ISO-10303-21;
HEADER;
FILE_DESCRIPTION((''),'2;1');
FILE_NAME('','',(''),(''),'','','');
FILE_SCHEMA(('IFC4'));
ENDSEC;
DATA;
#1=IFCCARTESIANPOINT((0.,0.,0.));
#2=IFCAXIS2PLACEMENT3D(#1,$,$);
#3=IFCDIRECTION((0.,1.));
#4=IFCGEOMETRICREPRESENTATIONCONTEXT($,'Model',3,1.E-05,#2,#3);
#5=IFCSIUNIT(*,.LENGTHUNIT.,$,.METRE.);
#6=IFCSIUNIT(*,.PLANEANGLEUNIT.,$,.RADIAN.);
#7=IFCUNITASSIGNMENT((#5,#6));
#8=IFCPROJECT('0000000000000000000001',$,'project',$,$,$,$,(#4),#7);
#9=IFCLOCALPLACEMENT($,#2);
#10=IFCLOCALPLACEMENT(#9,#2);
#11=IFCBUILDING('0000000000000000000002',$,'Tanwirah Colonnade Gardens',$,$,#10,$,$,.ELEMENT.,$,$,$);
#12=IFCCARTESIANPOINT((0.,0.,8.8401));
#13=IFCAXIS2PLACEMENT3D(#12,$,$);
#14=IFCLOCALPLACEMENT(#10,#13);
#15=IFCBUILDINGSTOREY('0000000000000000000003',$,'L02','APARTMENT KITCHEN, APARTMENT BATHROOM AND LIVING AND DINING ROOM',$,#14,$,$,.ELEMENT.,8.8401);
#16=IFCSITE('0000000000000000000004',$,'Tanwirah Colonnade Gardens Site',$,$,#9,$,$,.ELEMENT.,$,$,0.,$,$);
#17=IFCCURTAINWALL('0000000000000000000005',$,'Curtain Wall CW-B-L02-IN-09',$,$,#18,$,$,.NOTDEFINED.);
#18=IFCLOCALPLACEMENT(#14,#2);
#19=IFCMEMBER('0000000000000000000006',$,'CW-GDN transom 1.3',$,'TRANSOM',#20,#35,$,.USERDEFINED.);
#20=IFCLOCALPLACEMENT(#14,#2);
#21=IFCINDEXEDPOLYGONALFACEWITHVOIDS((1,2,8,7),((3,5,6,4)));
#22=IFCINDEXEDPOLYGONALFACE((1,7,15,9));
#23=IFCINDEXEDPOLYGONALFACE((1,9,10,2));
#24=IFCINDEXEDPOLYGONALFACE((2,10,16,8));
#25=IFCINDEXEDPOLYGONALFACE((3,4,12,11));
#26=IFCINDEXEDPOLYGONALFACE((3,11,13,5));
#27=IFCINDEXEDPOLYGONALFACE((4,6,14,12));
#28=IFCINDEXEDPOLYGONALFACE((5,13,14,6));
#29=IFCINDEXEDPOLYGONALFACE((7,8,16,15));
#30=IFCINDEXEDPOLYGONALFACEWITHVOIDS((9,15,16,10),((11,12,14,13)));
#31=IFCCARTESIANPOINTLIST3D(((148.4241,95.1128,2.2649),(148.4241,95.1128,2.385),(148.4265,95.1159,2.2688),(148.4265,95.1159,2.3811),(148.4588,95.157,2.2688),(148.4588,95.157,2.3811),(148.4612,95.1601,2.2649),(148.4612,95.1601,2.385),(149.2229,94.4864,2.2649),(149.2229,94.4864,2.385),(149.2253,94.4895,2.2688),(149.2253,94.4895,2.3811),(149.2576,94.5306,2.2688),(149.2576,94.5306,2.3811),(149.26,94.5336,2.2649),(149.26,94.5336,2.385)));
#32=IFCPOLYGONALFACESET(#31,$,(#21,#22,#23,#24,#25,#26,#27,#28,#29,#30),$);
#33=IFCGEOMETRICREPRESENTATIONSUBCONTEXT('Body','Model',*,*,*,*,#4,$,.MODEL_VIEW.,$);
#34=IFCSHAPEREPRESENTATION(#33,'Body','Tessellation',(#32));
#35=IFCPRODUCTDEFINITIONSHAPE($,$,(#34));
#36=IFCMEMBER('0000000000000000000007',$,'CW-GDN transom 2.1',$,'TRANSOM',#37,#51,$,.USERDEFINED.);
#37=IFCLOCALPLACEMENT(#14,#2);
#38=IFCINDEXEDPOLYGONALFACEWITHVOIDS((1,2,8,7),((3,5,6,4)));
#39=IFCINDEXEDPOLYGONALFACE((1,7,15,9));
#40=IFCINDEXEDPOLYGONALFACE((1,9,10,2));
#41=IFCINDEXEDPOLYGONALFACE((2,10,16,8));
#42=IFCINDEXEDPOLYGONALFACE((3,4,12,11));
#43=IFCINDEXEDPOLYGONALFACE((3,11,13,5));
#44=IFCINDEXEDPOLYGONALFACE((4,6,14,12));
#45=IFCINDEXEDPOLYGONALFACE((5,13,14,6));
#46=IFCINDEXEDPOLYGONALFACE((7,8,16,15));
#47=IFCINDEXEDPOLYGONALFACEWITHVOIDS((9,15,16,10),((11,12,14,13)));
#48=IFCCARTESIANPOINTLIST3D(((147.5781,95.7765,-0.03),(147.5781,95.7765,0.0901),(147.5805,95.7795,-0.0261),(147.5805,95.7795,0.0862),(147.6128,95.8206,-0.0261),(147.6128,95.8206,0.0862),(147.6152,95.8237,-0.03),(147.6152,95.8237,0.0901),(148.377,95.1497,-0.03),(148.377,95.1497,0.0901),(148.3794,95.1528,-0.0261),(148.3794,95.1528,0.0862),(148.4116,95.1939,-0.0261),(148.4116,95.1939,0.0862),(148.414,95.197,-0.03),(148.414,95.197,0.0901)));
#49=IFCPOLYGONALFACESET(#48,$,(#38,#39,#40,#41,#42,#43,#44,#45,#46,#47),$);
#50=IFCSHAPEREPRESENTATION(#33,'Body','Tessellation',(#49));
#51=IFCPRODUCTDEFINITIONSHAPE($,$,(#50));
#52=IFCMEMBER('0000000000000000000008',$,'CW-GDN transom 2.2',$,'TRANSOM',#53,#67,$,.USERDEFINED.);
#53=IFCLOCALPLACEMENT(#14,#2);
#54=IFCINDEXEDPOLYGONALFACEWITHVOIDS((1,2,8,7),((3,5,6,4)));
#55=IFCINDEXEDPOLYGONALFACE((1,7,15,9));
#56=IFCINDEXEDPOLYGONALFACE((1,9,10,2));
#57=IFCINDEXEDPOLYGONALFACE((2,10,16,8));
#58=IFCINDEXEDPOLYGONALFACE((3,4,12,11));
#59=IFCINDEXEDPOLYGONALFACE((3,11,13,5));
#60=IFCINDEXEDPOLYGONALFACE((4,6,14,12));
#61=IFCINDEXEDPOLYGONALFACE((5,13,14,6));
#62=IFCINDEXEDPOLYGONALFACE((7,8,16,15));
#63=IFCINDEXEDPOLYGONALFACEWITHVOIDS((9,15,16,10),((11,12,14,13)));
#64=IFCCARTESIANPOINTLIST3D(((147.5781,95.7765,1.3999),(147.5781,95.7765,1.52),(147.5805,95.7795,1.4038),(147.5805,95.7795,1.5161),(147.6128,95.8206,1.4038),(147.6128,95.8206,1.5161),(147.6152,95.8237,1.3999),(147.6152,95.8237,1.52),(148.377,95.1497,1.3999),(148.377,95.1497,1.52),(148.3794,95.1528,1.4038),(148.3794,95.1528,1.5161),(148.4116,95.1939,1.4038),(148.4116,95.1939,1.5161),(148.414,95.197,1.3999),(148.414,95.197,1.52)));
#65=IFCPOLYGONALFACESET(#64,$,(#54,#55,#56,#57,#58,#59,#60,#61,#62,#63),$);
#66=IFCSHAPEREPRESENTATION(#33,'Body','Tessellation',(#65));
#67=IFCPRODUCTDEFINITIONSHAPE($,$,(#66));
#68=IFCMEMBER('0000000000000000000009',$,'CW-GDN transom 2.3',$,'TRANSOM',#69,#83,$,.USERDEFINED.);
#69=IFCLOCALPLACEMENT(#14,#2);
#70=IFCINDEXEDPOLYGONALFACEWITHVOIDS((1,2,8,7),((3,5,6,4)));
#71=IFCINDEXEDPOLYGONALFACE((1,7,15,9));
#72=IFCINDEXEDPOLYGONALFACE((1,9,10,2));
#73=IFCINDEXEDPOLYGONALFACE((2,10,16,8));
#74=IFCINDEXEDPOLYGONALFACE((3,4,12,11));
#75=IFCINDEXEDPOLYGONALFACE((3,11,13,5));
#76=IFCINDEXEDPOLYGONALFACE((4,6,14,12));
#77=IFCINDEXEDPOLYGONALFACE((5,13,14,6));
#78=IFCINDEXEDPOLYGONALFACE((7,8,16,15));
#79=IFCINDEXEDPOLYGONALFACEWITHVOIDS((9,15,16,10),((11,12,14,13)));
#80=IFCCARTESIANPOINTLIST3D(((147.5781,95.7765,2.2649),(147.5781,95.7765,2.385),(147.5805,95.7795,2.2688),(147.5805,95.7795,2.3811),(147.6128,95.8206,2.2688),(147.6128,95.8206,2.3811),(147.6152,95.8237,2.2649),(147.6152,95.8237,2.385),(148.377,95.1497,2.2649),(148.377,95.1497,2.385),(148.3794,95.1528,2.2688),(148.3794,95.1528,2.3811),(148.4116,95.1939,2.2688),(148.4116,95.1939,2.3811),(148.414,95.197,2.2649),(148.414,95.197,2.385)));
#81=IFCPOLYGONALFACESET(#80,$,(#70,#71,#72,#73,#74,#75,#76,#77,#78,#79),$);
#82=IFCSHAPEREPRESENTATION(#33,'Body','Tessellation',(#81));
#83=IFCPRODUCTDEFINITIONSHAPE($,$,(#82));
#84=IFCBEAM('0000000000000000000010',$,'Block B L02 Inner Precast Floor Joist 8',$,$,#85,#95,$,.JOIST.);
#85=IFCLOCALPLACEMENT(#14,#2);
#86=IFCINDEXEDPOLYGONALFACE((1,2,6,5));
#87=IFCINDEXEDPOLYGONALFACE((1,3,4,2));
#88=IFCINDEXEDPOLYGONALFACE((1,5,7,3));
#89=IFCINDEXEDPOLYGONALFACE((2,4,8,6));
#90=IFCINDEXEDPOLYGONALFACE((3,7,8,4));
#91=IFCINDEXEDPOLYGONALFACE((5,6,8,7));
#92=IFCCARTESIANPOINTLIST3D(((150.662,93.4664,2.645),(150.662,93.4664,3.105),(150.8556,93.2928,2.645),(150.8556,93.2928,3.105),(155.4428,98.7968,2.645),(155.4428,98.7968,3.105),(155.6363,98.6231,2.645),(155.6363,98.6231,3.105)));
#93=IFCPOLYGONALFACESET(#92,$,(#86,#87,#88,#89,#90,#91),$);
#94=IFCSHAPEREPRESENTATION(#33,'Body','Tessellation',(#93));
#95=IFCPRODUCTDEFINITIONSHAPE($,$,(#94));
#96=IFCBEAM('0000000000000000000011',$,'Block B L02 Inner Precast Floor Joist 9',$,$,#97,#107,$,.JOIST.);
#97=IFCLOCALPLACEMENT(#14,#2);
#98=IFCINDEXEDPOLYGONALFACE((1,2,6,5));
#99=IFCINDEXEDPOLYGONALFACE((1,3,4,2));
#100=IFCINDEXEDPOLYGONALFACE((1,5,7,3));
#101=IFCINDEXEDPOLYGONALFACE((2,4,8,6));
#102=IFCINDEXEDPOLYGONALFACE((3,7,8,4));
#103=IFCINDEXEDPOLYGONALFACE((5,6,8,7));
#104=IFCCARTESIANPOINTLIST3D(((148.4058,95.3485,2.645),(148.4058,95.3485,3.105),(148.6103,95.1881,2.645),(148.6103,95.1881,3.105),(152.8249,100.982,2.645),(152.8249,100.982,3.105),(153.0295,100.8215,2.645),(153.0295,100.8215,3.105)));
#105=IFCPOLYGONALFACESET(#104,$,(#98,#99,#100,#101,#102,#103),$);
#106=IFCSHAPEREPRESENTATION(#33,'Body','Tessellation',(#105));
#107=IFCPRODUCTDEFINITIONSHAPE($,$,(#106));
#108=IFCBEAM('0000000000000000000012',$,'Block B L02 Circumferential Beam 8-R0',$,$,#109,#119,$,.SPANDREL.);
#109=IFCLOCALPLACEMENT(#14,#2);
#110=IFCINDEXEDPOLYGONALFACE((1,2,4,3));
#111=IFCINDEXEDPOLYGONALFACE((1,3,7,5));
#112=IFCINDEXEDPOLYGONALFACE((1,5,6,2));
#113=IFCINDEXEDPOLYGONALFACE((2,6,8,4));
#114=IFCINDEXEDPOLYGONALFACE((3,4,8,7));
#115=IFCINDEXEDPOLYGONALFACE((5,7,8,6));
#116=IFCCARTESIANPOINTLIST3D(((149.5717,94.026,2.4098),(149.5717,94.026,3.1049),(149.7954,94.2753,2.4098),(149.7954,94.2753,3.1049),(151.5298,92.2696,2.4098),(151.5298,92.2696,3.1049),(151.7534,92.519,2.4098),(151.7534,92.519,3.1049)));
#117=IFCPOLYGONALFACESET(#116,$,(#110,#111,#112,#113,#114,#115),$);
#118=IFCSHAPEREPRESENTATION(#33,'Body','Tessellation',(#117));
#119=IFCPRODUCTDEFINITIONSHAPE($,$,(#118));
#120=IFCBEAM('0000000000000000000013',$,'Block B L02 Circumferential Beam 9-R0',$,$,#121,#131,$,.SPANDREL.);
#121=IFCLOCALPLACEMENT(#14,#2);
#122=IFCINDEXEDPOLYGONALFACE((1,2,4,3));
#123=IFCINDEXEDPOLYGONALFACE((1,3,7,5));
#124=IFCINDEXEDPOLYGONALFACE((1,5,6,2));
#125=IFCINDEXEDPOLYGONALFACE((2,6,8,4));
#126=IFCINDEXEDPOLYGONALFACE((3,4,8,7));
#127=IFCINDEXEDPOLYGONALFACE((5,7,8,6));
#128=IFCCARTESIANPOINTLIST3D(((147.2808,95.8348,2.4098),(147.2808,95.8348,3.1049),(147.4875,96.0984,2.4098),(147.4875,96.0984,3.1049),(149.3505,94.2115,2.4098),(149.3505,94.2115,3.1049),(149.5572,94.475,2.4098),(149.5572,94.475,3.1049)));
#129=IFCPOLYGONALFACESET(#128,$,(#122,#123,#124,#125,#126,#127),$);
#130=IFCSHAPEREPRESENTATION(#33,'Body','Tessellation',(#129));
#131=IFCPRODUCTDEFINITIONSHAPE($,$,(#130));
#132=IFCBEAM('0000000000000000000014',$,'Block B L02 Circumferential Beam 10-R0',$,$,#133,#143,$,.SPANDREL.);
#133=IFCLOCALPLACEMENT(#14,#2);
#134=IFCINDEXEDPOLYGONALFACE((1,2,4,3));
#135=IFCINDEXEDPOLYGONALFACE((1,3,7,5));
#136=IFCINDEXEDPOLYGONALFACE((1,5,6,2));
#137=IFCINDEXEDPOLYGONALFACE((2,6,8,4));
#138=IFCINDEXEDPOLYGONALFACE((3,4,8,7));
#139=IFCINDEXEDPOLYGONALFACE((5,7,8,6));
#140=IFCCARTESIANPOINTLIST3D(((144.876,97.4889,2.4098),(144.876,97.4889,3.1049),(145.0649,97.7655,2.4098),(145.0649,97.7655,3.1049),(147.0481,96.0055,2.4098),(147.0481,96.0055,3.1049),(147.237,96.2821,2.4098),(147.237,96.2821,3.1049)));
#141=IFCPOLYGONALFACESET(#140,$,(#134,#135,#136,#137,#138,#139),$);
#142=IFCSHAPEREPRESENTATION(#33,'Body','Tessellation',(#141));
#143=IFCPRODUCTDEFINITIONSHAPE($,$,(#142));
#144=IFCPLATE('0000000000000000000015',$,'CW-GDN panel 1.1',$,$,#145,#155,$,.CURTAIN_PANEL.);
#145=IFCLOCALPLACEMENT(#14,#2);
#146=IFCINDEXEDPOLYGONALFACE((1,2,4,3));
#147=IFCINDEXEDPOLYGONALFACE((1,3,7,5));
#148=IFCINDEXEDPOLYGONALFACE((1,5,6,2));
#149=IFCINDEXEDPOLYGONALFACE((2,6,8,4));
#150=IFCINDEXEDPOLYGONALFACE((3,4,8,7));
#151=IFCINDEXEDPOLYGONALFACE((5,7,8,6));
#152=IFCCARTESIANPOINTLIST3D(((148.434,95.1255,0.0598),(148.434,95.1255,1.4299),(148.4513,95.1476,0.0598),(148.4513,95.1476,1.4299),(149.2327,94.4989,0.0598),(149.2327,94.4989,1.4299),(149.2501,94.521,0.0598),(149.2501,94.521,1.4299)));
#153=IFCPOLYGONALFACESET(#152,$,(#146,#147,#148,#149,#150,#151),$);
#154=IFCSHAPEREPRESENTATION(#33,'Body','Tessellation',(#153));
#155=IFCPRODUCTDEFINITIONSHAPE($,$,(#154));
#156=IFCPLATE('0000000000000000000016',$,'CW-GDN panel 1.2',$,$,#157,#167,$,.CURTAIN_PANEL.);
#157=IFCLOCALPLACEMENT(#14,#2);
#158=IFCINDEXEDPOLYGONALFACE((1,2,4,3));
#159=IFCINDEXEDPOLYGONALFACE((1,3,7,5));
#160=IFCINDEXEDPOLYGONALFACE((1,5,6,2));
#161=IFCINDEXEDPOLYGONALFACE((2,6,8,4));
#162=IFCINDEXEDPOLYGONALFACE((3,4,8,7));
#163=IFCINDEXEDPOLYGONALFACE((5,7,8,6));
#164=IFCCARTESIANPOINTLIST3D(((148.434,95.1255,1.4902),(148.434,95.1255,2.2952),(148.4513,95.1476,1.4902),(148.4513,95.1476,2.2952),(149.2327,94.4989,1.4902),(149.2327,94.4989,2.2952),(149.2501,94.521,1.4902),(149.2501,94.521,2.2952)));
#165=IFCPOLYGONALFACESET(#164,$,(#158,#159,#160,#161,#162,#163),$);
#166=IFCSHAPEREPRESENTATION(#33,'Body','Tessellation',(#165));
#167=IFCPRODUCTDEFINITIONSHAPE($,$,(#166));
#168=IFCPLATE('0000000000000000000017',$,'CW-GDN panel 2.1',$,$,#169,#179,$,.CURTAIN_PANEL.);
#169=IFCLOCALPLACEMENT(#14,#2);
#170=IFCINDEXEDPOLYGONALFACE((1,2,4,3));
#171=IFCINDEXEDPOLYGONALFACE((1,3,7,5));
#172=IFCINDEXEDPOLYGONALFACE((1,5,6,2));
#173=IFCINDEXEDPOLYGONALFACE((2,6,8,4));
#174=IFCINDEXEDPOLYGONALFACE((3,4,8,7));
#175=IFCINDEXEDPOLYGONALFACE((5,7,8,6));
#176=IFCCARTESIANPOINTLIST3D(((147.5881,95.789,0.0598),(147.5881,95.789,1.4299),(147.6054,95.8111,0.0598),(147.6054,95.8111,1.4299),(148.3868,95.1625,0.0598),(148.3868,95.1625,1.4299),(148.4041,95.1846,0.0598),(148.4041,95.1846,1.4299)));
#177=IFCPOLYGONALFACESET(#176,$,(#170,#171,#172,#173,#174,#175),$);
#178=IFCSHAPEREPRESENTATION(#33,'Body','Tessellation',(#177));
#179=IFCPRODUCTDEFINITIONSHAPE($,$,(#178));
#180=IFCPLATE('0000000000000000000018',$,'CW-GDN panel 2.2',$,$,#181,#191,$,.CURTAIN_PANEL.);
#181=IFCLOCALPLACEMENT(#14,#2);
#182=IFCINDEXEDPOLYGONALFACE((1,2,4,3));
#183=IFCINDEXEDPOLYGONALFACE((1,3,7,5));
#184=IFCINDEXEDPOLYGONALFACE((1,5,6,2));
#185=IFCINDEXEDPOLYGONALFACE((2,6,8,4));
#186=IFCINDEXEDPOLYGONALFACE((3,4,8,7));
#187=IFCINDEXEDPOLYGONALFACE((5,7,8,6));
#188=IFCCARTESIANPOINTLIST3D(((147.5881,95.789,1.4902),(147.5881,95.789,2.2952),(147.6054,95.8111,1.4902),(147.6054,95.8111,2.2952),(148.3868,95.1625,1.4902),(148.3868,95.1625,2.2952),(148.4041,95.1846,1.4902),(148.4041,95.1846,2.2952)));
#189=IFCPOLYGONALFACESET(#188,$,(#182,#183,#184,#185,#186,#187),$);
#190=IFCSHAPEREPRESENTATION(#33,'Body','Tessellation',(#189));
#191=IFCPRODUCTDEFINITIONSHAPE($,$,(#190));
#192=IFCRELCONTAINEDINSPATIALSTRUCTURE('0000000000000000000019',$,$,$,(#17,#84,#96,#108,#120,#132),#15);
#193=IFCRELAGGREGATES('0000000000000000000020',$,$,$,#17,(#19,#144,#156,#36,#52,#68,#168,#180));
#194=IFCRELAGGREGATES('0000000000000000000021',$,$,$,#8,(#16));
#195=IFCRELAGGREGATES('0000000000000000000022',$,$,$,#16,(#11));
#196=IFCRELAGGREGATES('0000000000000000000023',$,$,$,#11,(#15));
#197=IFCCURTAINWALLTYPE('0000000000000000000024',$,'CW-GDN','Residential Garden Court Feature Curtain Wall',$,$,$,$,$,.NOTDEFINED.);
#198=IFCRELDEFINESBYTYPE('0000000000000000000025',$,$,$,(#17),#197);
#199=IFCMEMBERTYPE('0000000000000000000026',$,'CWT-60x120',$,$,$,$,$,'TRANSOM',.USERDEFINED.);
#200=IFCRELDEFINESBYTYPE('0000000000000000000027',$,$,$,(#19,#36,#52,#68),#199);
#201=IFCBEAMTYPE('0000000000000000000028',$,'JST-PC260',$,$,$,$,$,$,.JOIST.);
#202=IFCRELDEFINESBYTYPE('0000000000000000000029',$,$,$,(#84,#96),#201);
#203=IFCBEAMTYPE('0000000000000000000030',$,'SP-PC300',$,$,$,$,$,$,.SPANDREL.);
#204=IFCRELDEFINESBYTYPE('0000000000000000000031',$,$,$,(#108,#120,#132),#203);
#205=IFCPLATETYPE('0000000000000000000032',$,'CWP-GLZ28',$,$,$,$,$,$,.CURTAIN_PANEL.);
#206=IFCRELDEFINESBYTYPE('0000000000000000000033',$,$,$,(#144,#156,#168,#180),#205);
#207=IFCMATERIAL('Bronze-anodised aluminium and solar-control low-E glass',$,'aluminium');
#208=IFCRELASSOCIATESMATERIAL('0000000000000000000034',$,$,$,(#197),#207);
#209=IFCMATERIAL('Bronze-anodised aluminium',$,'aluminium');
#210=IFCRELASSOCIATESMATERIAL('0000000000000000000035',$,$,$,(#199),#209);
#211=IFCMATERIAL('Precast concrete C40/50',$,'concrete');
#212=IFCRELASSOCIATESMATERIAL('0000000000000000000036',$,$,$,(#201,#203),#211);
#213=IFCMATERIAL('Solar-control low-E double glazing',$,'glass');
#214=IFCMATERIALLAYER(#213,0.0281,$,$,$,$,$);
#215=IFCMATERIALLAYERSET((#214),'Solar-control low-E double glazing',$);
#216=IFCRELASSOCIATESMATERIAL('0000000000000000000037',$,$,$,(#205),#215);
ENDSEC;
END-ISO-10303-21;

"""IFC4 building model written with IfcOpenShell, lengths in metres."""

from ifc_helpers import new_model, si_unit, direction, frame, origin, origin_2d, place, context, subcontext, project, spatial, rectangle, hollow_rectangle, extrude, material, layer, layer_set, material_profile, profile_set, type_object, element, aggregate, save


model = new_model("IFC4")

# Units and contexts
model_context = context("Model", 3, precision=1e-05, world=origin(), true_north=direction((0.0, 1.0)))
body_context = subcontext(model_context, "Body", "Model", "MODEL_VIEW")
ifc_project = project(units=[si_unit("LENGTHUNIT", "METRE"), si_unit("PLANEANGLEUNIT", "RADIAN")], contexts=[model_context])

# Site, building, storey
site_placement = place(None, origin())
site = spatial("IfcSite", under=ifc_project, at=site_placement, Name="Tanwirah Colonnade Gardens Site", CompositionType="ELEMENT", RefElevation=0.0)
building_placement = place(site_placement, origin())
building = spatial("IfcBuilding", under=site, at=building_placement, Name="Tanwirah Colonnade Gardens", CompositionType="ELEMENT")
storey_placement = place(building_placement, frame((0.0, 0.0, 8.8401)))
storey = spatial("IfcBuildingStorey", under=building, at=storey_placement, Name="L02", Description="APARTMENT KITCHEN, APARTMENT BATHROOM AND LIVING AND DINING ROOM", CompositionType="ELEMENT", Elevation=8.8401)

# Shared definitions
ifc_material_1 = material(Name="Precast concrete C40/50", Category="concrete")

# Curtain wall, members
ifc_material_2 = material(Name="Bronze-anodised aluminium and solar-control low-E glass", Category="aluminium")
curtain_wall_type = type_object("IfcCurtainWallType", Name="CW-GDN", Description="Residential Garden Court Feature Curtain Wall", PredefinedType="NOTDEFINED", material=ifc_material_2)
curtain_wall_placement = place(storey_placement, origin())
curtain_wall = element("IfcCurtainWall", 1, at=curtain_wall_placement, inside=storey, type_object=curtain_wall_type, Name="Curtain Wall CW-B-L02-IN-09", PredefinedType="NOTDEFINED")
ifc_material_3 = material(Name="Bronze-anodised aluminium", Category="aluminium")
ifc_material_profile_1 = material_profile(ifc_material_3, hollow_rectangle(XDim=0.0601, YDim=0.1201, WallThickness=0.0039, at=origin_2d()), Name="CW-TRN 60x120x4")
ifc_profile_set_1 = profile_set([ifc_material_profile_1], Name="Bronze-anodised aluminium")
member_type_1 = type_object("IfcMemberType", Name="CWT-60x120", ElementType="TRANSOM", PredefinedType="USERDEFINED", material=ifc_profile_set_1)
member_1_placement = place(storey_placement, frame((149.2415, 94.51, 2.325), z_axis=(-0.786885, 0.617099, 0.0), x_axis=(-0.617099, -0.786885, 0.0)))
member_1 = element("IfcMember", 2, at=member_1_placement, type_object=member_type_1, Name="CW-GDN transom 1.3", ObjectType="TRANSOM", PredefinedType="USERDEFINED", context=body_context, shape_type="SweptSolid", body=[
    extrude(hollow_rectangle(XDim=0.0601, YDim=0.1201, WallThickness=0.0039, at=origin_2d()), origin(), (0.0, 0.0, 1.0), 1.0151),
])
member_2_placement = place(storey_placement, frame((148.3955, 95.1733, 0.03), z_axis=(-0.786769, 0.617248, 0.0), x_axis=(-0.617248, -0.786769, 0.0)))
member_2 = element("IfcMember", 3, at=member_2_placement, type_object=member_type_1, Name="CW-GDN transom 2.1", ObjectType="TRANSOM", PredefinedType="USERDEFINED", context=body_context, shape_type="SweptSolid", body=[
    extrude(hollow_rectangle(XDim=0.0601, YDim=0.1201, WallThickness=0.0039, at=origin_2d()), origin(), (0.0, 0.0, 1.0), 1.0154),
])
member_3_placement = place(storey_placement, frame((148.3955, 95.1733, 1.46), z_axis=(-0.786769, 0.617248, 0.0), x_axis=(-0.617248, -0.786769, 0.0)))
member_3 = element("IfcMember", 4, at=member_3_placement, type_object=member_type_1, Name="CW-GDN transom 2.2", ObjectType="TRANSOM", PredefinedType="USERDEFINED", context=body_context, shape_type="SweptSolid", body=[
    extrude(hollow_rectangle(XDim=0.0601, YDim=0.1201, WallThickness=0.0039, at=origin_2d()), origin(), (0.0, 0.0, 1.0), 1.0154),
])
member_4_placement = place(storey_placement, frame((148.3955, 95.1733, 2.325), z_axis=(-0.786769, 0.617248, 0.0), x_axis=(-0.617248, -0.786769, 0.0)))
member_4 = element("IfcMember", 5, at=member_4_placement, type_object=member_type_1, Name="CW-GDN transom 2.3", ObjectType="TRANSOM", PredefinedType="USERDEFINED", context=body_context, shape_type="SweptSolid", body=[
    extrude(hollow_rectangle(XDim=0.0601, YDim=0.1201, WallThickness=0.0039, at=origin_2d()), origin(), (0.0, 0.0, 1.0), 1.0154),
])

# Beams
ifc_material_profile_2 = material_profile(ifc_material_1, rectangle(XDim=0.26, YDim=0.46, at=origin_2d()), Name="PC-JST 260x460")
ifc_profile_set_2 = profile_set([ifc_material_profile_2], Name="Precast concrete C40/50")
beam_type_1 = type_object("IfcBeamType", Name="JST-PC260", PredefinedType="JOIST", material=ifc_profile_set_2)
beam_1_placement = place(storey_placement, frame((150.7588, 93.3796, 2.875), z_axis=(0.667688, 0.744441, 0.0), x_axis=(-0.744441, 0.667688, 0.0)))
element("IfcBeam", 6, at=beam_1_placement, inside=storey, type_object=beam_type_1, Name="Block B L02 Inner Precast Floor Joist 8", PredefinedType="JOIST", context=body_context, shape_type="SweptSolid", body=[
    extrude(rectangle(XDim=0.26, YDim=0.46, at=origin_2d()), origin(), (0.0, 0.0, 1.0), 7.1602),
])
beam_2_placement = place(storey_placement, frame((148.5081, 95.2683, 2.875), z_axis=(0.617202, 0.786804, 0.0), x_axis=(-0.786804, 0.617202, 0.0)))
element("IfcBeam", 7, at=beam_2_placement, inside=storey, type_object=beam_type_1, Name="Block B L02 Inner Precast Floor Joist 9", PredefinedType="JOIST", context=body_context, shape_type="SweptSolid", body=[
    extrude(rectangle(XDim=0.26, YDim=0.46, at=origin_2d()), origin(), (0.0, 0.0, 1.0), 7.1599),
])
ifc_material_profile_3 = material_profile(ifc_material_1, rectangle(XDim=0.335, YDim=0.6951, at=origin_2d()), Name="PC-SP 335x695")
ifc_profile_set_3 = profile_set([ifc_material_profile_3], Name="Precast concrete C40/50")
beam_type_2 = type_object("IfcBeamType", Name="SP-PC300", PredefinedType="SPANDREL", material=ifc_profile_set_3)
for number, where, z_axis, x_axis, name in (
    (8, (151.6416, 92.3943, 2.7573), (-0.744401, 0.667733, 0.0), (-0.667733, -0.744401, 0.0), "Block B L02 Circumferential Beam 8-R0"),
    (9, (149.4539, 94.3433, 2.7573), (-0.786837, 0.617161, 0.0), (-0.617161, -0.786837, 0.0), "Block B L02 Circumferential Beam 9-R0"),
    (10, (147.1426, 96.1438, 2.7573), (-0.825801, 0.563962, 0.0), (-0.563962, -0.825801, 0.0), "Block B L02 Circumferential Beam 10-R0"),
):
    element("IfcBeam", number, at=place(storey_placement, frame(where, z_axis=z_axis, x_axis=x_axis)), inside=storey, type_object=beam_type_2, Name=name, PredefinedType="SPANDREL", context=body_context, shape_type="SweptSolid", body=[
        extrude(rectangle(XDim=0.335, YDim=0.6951, at=origin_2d()), origin(), (0.0, 0.0, 1.0), 2.6304),
    ])

# Plates
ifc_material_4 = material(Name="Solar-control low-E double glazing", Category="glass")
ifc_layer_1 = layer(ifc_material_4, 0.0281)
ifc_layer_set_1 = layer_set([ifc_layer_1], Name="Solar-control low-E double glazing")
plate_type = type_object("IfcPlateType", Name="CWP-GLZ28", PredefinedType="CURTAIN_PANEL", material=ifc_layer_set_1)
plate_1_placement = place(storey_placement, frame((148.842, 94.8232, 0.0598), z_axis=(0.0, 0.0, 1.0), x_axis=(-0.786815, 0.617189, 0.0)))
plate_1 = element("IfcPlate", 11, at=plate_1_placement, type_object=plate_type, Name="CW-GDN panel 1.1", PredefinedType="CURTAIN_PANEL", context=body_context, shape_type="SweptSolid", body=[
    extrude(rectangle(XDim=1.0151, YDim=0.0281, at=origin_2d()), origin(), (0.0, 0.0, 1.0), 1.3701),
])
plate_2_placement = place(storey_placement, frame((148.842, 94.8232, 1.4902), z_axis=(0.0, 0.0, 1.0), x_axis=(-0.786815, 0.617189, 0.0)))
plate_2 = element("IfcPlate", 12, at=plate_2_placement, type_object=plate_type, Name="CW-GDN panel 1.2", PredefinedType="CURTAIN_PANEL", context=body_context, shape_type="SweptSolid", body=[
    extrude(rectangle(XDim=1.0151, YDim=0.0281, at=origin_2d()), origin(), (0.0, 0.0, 1.0), 0.8049),
])
plate_3_placement = place(storey_placement, frame((147.9961, 95.4868, 0.0598), z_axis=(0.0, 0.0, 1.0), x_axis=(-0.786815, 0.617189, 0.0)))
plate_3 = element("IfcPlate", 13, at=plate_3_placement, type_object=plate_type, Name="CW-GDN panel 2.1", PredefinedType="CURTAIN_PANEL", context=body_context, shape_type="SweptSolid", body=[
    extrude(rectangle(XDim=1.0151, YDim=0.0281, at=origin_2d()), origin(), (0.0, 0.0, 1.0), 1.3701),
])
plate_4_placement = place(storey_placement, frame((147.9961, 95.4868, 1.4902), z_axis=(0.0, 0.0, 1.0), x_axis=(-0.786815, 0.617189, 0.0)))
plate_4 = element("IfcPlate", 14, at=plate_4_placement, type_object=plate_type, Name="CW-GDN panel 2.2", PredefinedType="CURTAIN_PANEL", context=body_context, shape_type="SweptSolid", body=[
    extrude(rectangle(XDim=1.0151, YDim=0.0281, at=origin_2d()), origin(), (0.0, 0.0, 1.0), 0.8049),
])
aggregate(curtain_wall, [member_1, plate_1, plate_2, member_2, member_3, member_4, plate_3, plate_4])

save(model, "model.ifc")
